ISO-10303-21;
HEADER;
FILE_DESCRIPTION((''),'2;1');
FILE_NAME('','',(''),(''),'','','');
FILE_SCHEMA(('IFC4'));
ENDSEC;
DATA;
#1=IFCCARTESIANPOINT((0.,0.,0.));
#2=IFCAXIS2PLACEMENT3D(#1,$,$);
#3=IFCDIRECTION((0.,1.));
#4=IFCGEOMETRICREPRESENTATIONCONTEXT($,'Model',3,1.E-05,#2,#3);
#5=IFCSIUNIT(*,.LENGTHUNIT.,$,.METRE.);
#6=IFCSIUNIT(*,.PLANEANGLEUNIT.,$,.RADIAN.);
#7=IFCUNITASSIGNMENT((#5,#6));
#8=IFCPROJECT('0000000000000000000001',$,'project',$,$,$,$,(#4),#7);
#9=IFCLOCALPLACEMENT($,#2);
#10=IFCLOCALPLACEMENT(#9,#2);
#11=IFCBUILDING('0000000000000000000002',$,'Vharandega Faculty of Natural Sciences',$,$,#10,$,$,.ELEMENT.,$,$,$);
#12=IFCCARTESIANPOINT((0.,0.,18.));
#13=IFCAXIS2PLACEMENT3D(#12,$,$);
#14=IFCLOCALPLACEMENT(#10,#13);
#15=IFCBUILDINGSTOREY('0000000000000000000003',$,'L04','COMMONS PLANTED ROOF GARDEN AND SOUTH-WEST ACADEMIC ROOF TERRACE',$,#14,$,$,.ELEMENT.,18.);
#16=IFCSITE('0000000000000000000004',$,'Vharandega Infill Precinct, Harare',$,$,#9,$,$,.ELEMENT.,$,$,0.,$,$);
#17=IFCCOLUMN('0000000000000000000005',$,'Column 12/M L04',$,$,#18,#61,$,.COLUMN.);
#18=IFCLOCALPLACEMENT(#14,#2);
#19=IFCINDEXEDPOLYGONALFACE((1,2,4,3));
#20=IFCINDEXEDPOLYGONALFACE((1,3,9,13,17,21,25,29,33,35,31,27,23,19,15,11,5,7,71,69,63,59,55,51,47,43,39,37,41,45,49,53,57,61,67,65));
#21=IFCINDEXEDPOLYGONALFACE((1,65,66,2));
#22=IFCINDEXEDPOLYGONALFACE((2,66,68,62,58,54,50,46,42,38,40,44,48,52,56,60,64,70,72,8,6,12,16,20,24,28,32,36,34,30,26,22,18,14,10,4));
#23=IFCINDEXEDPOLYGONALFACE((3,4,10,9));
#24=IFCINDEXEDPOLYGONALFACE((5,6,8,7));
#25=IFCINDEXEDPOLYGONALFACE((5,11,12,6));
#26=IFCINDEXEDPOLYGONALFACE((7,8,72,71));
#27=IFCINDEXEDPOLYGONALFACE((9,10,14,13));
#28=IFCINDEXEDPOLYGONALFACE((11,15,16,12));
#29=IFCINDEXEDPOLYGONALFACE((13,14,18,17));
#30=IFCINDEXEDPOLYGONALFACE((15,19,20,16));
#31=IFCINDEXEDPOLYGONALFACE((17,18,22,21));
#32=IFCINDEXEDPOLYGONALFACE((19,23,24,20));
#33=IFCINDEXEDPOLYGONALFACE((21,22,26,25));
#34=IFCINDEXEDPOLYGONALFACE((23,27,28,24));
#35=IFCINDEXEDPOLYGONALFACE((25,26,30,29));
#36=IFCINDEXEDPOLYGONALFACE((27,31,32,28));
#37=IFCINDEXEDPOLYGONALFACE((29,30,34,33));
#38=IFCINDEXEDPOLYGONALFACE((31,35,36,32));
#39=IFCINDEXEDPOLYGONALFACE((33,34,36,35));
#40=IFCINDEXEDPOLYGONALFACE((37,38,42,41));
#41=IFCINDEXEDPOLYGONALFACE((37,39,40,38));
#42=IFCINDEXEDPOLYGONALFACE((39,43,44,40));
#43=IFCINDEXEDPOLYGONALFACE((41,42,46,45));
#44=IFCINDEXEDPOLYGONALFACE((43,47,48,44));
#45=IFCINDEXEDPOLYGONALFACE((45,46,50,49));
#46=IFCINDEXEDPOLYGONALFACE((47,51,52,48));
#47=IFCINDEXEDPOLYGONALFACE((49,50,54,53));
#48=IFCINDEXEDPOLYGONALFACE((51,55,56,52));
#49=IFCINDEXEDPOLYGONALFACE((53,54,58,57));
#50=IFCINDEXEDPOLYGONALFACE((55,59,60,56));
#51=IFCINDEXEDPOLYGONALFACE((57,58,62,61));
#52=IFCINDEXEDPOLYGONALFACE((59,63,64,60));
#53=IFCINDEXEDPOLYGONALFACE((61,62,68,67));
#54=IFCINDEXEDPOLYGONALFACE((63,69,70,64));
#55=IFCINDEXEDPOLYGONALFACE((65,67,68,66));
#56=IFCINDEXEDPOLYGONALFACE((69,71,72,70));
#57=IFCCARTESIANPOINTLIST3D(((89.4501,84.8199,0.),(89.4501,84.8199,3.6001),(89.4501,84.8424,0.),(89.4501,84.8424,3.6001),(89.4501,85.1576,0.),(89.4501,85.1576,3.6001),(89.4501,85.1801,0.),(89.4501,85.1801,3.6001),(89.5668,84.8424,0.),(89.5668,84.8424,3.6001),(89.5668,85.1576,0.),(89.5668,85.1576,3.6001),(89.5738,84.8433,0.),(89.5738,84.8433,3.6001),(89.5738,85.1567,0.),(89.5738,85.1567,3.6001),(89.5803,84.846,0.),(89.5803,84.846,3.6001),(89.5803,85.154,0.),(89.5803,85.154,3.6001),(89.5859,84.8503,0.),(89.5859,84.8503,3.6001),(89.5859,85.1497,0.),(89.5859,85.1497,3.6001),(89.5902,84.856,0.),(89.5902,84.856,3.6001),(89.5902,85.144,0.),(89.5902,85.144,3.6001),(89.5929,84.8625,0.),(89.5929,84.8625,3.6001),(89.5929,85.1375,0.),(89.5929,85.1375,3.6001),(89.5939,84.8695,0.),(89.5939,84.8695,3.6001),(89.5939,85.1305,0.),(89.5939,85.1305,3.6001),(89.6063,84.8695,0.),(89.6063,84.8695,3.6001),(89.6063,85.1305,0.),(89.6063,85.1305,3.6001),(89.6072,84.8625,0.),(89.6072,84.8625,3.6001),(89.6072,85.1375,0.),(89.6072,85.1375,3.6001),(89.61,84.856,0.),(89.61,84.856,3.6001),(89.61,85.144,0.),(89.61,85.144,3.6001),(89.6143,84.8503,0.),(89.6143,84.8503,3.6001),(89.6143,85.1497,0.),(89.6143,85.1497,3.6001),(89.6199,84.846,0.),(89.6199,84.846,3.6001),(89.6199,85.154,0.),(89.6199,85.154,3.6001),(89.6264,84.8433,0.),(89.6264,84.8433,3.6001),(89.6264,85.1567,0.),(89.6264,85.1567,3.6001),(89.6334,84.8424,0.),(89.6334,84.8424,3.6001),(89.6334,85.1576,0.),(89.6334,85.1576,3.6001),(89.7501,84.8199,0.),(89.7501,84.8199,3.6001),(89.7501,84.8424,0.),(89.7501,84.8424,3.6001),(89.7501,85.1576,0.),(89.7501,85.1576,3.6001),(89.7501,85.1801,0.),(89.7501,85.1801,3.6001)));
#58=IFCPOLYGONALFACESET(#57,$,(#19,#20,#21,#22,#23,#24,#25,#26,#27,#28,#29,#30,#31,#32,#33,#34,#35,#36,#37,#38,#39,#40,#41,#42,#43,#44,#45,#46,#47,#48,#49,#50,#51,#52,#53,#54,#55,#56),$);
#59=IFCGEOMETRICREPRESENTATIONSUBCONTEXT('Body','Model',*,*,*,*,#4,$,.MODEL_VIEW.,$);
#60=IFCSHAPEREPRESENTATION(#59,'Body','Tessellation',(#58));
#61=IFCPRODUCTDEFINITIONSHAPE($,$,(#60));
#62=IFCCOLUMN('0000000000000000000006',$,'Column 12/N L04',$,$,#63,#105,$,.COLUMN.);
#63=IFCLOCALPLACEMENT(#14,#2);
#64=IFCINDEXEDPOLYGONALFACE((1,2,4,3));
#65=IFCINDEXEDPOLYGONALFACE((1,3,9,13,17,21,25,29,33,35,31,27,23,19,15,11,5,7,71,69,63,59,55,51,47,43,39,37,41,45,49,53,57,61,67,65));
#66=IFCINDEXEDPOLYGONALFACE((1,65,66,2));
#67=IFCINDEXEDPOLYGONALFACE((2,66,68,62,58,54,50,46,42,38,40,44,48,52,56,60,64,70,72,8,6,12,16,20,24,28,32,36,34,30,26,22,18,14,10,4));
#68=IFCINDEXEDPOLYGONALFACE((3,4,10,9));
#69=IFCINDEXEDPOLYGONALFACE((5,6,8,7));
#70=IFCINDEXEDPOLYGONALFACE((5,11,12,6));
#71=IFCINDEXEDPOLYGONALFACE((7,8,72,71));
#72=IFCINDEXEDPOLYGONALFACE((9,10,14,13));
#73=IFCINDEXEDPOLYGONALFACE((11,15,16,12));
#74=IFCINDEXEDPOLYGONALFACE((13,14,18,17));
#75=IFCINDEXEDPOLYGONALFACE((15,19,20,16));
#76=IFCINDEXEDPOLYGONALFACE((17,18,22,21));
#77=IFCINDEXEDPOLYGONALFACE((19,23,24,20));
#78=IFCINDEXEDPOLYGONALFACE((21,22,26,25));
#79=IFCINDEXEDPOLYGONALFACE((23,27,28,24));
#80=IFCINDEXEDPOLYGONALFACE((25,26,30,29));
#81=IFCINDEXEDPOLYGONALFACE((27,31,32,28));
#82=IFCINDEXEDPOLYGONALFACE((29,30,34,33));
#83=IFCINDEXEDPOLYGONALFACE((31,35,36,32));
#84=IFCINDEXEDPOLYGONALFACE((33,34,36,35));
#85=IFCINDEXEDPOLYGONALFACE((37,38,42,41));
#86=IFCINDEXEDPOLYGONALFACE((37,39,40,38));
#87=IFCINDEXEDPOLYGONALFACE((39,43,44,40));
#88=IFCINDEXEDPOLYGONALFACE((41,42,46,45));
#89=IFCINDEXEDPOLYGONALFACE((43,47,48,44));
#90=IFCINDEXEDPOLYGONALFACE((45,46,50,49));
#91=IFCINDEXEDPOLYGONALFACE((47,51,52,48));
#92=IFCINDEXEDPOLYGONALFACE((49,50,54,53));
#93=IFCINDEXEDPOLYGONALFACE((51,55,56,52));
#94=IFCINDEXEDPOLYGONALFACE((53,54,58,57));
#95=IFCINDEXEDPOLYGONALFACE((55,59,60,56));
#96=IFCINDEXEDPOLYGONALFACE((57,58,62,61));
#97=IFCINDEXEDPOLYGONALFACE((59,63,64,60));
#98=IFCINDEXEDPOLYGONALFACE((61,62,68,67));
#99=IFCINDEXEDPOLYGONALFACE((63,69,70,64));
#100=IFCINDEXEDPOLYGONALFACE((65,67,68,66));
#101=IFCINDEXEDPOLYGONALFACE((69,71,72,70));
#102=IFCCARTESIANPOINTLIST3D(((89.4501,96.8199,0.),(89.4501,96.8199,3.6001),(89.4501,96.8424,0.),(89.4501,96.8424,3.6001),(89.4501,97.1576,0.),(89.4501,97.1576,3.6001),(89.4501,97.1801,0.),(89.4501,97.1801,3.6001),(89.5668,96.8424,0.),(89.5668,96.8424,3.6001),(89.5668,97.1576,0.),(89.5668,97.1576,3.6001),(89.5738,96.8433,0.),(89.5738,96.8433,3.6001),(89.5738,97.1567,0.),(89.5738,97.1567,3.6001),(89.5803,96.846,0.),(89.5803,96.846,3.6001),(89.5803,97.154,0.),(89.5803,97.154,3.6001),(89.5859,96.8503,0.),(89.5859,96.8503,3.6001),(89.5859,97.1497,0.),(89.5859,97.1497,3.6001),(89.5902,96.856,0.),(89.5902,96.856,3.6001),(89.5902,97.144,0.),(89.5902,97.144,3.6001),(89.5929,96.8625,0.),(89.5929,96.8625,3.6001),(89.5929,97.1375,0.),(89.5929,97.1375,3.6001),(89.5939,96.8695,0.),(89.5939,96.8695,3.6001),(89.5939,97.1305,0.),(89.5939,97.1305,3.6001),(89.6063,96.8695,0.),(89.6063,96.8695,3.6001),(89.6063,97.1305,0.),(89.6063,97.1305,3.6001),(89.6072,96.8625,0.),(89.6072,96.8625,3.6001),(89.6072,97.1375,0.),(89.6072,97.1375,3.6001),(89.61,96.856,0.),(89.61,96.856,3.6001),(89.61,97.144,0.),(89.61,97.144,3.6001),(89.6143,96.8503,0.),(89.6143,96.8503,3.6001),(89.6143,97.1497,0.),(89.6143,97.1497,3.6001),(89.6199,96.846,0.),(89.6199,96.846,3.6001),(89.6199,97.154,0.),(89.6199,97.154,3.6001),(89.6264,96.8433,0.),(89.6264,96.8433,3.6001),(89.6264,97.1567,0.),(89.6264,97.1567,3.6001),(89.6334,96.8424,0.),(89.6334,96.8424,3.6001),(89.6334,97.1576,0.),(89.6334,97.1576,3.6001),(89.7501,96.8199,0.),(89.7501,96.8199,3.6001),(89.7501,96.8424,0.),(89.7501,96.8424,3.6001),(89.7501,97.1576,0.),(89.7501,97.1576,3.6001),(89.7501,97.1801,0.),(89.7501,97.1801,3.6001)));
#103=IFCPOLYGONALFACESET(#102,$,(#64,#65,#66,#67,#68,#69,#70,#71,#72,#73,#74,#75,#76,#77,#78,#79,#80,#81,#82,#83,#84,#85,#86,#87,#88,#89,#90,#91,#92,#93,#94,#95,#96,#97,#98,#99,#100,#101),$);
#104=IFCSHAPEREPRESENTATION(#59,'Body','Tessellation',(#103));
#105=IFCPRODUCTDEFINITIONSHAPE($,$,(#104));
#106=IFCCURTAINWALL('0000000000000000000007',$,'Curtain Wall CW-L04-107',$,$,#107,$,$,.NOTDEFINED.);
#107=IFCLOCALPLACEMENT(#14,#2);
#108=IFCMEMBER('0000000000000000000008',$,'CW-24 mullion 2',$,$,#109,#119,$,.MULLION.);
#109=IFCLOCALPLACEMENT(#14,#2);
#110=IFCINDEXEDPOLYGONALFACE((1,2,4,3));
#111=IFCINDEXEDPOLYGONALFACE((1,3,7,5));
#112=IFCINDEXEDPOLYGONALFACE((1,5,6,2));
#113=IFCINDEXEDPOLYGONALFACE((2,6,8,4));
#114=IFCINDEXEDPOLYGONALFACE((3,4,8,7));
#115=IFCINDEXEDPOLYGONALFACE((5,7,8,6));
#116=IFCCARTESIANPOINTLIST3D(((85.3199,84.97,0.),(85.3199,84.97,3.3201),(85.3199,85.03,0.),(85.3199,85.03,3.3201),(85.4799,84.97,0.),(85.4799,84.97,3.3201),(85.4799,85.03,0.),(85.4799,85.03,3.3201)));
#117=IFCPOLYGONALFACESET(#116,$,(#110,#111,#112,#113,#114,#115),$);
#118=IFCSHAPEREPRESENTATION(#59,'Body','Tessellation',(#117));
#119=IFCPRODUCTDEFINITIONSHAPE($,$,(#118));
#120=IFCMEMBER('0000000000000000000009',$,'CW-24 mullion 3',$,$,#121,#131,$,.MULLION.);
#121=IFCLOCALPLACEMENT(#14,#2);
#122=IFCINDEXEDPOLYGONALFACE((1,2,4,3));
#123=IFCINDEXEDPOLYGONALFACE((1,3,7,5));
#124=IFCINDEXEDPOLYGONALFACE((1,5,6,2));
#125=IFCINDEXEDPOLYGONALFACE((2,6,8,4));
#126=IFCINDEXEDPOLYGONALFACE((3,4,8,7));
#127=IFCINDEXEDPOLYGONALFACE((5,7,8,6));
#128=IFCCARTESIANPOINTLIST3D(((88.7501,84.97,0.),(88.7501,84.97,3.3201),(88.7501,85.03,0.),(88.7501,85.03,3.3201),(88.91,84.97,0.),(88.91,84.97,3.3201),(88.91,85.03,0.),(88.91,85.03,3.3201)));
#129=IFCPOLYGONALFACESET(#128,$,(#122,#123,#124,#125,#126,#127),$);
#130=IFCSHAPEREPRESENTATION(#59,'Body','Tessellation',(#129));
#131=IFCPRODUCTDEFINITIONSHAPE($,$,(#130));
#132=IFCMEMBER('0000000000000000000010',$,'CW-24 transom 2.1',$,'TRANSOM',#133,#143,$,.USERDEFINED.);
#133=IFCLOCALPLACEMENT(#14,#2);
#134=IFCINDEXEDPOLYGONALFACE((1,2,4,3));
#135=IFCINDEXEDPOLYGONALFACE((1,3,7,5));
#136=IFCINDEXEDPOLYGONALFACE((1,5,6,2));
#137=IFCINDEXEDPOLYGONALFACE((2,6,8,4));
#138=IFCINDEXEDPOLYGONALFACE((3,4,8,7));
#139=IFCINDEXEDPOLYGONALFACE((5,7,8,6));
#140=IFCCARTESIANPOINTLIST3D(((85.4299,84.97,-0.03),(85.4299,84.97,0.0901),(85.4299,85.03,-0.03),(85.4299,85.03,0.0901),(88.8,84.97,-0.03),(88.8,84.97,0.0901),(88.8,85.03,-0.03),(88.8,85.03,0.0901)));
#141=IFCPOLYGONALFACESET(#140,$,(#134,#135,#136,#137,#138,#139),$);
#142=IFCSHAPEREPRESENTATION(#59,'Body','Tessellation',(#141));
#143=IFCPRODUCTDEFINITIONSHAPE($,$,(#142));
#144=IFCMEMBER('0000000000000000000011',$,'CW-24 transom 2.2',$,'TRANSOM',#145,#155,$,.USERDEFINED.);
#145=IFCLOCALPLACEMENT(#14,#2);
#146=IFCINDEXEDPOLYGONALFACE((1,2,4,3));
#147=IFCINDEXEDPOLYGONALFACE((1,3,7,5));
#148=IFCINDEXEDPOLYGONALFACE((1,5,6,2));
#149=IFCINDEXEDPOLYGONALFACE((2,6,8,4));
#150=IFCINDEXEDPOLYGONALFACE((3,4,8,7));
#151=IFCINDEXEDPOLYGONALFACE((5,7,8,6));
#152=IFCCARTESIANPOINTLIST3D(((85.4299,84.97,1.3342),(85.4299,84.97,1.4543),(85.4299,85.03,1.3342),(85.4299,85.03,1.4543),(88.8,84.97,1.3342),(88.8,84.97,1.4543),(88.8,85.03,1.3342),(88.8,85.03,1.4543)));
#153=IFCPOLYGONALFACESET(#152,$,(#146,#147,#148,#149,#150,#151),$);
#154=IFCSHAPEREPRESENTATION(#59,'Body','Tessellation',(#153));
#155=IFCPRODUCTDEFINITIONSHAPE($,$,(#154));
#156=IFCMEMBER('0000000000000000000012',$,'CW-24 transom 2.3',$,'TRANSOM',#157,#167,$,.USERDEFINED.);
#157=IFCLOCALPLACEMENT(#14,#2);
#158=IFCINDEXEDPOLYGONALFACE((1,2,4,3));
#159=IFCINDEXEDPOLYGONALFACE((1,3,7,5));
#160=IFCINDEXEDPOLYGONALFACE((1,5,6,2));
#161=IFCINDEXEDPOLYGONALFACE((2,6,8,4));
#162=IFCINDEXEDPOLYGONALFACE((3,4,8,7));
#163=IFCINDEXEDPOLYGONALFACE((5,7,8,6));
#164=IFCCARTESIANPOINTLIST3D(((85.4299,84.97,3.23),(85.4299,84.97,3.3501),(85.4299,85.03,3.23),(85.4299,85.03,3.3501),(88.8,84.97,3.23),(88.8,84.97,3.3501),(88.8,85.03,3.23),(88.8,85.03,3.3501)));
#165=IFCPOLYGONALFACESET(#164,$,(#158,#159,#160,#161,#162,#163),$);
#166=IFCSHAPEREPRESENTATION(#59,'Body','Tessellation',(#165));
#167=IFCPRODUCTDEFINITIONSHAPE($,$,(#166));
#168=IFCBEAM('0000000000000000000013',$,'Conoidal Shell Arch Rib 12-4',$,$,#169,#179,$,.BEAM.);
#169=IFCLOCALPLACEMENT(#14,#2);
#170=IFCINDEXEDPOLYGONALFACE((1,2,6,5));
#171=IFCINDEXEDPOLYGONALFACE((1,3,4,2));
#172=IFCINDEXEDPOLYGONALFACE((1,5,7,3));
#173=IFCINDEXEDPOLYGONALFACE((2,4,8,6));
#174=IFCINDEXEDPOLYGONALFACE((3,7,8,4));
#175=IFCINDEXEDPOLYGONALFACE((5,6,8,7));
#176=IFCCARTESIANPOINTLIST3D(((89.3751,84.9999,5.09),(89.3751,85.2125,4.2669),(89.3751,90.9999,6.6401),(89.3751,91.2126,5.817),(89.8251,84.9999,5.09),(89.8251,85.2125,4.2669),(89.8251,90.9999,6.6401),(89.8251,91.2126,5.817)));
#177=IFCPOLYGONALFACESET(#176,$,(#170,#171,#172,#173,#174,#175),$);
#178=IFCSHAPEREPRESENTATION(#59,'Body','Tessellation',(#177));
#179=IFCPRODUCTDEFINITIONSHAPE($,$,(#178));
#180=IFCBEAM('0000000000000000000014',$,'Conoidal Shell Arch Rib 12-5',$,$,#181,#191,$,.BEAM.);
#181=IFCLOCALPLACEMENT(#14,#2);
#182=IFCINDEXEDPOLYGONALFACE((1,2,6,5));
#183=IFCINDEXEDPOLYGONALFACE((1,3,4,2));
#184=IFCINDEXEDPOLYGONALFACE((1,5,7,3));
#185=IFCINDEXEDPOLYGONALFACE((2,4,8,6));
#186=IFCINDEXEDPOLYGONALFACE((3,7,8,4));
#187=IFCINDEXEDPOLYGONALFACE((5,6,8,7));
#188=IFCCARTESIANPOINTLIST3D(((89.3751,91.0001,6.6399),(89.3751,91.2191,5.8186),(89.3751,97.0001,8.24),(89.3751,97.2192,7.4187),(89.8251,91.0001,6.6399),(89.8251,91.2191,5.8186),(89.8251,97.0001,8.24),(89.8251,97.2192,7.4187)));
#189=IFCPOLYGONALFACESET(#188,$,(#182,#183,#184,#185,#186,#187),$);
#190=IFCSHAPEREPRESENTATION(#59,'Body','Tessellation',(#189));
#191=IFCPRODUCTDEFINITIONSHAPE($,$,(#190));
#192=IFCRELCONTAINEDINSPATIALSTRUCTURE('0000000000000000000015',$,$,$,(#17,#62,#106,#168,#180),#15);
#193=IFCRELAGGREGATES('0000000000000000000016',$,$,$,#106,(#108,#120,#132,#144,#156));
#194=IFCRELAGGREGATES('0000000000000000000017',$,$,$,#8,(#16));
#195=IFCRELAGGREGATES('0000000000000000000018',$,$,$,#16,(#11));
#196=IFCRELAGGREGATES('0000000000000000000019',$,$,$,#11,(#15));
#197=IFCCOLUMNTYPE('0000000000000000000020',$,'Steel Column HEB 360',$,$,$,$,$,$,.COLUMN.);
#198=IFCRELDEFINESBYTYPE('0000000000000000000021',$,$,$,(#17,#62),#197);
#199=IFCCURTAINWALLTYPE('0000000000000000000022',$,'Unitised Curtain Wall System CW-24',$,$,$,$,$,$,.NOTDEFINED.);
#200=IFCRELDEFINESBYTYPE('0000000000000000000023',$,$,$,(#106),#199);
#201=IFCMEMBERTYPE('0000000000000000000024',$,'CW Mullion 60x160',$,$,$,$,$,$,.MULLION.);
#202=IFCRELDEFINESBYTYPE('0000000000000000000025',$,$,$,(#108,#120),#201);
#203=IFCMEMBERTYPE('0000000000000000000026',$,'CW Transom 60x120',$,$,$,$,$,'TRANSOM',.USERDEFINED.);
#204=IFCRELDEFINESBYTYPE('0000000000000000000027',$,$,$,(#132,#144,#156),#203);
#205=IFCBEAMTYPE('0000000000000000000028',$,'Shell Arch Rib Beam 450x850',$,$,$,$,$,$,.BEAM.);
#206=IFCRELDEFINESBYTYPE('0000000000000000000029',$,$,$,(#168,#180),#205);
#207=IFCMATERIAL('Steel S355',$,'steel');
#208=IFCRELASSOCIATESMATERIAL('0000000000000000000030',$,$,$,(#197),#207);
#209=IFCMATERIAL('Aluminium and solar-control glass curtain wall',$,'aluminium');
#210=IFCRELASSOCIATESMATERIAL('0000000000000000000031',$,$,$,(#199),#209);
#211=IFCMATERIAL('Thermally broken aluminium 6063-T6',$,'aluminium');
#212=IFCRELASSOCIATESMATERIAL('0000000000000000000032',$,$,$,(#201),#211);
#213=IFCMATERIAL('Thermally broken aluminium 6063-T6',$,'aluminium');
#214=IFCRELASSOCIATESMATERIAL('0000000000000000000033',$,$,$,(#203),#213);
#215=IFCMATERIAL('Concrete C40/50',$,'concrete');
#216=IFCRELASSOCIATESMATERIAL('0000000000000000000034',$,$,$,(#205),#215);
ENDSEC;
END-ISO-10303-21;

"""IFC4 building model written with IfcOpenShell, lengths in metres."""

from ifc_helpers import new_model, si_unit, direction, frame, origin, origin_2d, place, context, subcontext, project, spatial, rectangle, i_section, extrude, material, material_profile, profile_set, type_object, element, aggregate, save


model = new_model("IFC4")

# Units and contexts
model_context = context("Model", 3, precision=1e-05, world=origin(), true_north=direction((0.0, 1.0)))
body_context = subcontext(model_context, "Body", "Model", "MODEL_VIEW")
ifc_project = project(units=[si_unit("LENGTHUNIT", "METRE"), si_unit("PLANEANGLEUNIT", "RADIAN")], contexts=[model_context])

# Site, building, storey
site_placement = place(None, origin())
site = spatial("IfcSite", under=ifc_project, at=site_placement, Name="Vharandega Infill Precinct, Harare", CompositionType="ELEMENT", RefElevation=0.0)
building_placement = place(site_placement, origin())
building = spatial("IfcBuilding", under=site, at=building_placement, Name="Vharandega Faculty of Natural Sciences", CompositionType="ELEMENT")
storey_placement = place(building_placement, frame((0.0, 0.0, 18.0)))
storey = spatial("IfcBuildingStorey", under=building, at=storey_placement, Name="L04", Description="COMMONS PLANTED ROOF GARDEN AND SOUTH-WEST ACADEMIC ROOF TERRACE", CompositionType="ELEMENT", Elevation=18.0)

# Columns
ifc_material_1 = material(Name="Steel S355", Category="steel")
ifc_material_profile_1 = material_profile(ifc_material_1, i_section(OverallWidth=0.3, OverallDepth=0.3601, WebThickness=0.0125, FlangeThickness=0.0225, FilletRadius=0.0271, at=origin_2d()), Name="HEB 360")
ifc_profile_set_1 = profile_set([ifc_material_profile_1], Name="Steel S355")
column_type = type_object("IfcColumnType", Name="Steel Column HEB 360", PredefinedType="COLUMN", material=ifc_profile_set_1)
for number, where, z_axis, x_axis, name in (
    (1, (89.6001, 85.0, 0.0), (0.0, 0.0, 1.0), (1.0, 0.0, 0.0), "Column 12/M L04"),
    (2, (89.6001, 97.0, 0.0), (0.0, 0.0, 1.0), (1.0, 0.0, 0.0), "Column 12/N L04"),
):
    element("IfcColumn", number, at=place(storey_placement, frame(where, z_axis=z_axis, x_axis=x_axis)), inside=storey, type_object=column_type, Name=name, PredefinedType="COLUMN", context=body_context, shape_type="SweptSolid", body=[
        extrude(i_section(OverallWidth=0.3, OverallDepth=0.3601, WebThickness=0.0125, FlangeThickness=0.0225, FilletRadius=0.0271, at=origin_2d()), origin(), (0.0, 0.0, 1.0), 3.6001),
    ])

# Curtain wall, members
ifc_material_2 = material(Name="Aluminium and solar-control glass curtain wall", Category="aluminium")
curtain_wall_type = type_object("IfcCurtainWallType", Name="Unitised Curtain Wall System CW-24", PredefinedType="NOTDEFINED", material=ifc_material_2)
curtain_wall_placement = place(storey_placement, origin())
curtain_wall = element("IfcCurtainWall", 3, at=curtain_wall_placement, inside=storey, type_object=curtain_wall_type, Name="Curtain Wall CW-L04-107", PredefinedType="NOTDEFINED")
ifc_material_3 = material(Name="Thermally broken aluminium 6063-T6", Category="aluminium")
ifc_material_profile_2 = material_profile(ifc_material_3, rectangle(XDim=0.0601, YDim=0.1599, at=origin_2d()), Name="ALU 60x160")
ifc_profile_set_2 = profile_set([ifc_material_profile_2], Name="Thermally broken aluminium 6063-T6")
member_type_1 = type_object("IfcMemberType", Name="CW Mullion 60x160", PredefinedType="MULLION", material=ifc_profile_set_2)
member_1_placement = place(storey_placement, frame((85.3999, 85.0, 0.0), z_axis=(0.0, 0.0, 1.0), x_axis=(0.0, 1.0, 0.0)))
member_1 = element("IfcMember", 4, at=member_1_placement, type_object=member_type_1, Name="CW-24 mullion 2", PredefinedType="MULLION", context=body_context, shape_type="SweptSolid", body=[
    extrude(rectangle(XDim=0.0601, YDim=0.1599, at=origin_2d()), origin(), (0.0, 0.0, 1.0), 3.3201),
])
member_2_placement = place(storey_placement, frame((88.8301, 85.0, 0.0), z_axis=(0.0, 0.0, 1.0), x_axis=(0.0, 1.0, 0.0)))
member_2 = element("IfcMember", 5, at=member_2_placement, type_object=member_type_1, Name="CW-24 mullion 3", PredefinedType="MULLION", context=body_context, shape_type="SweptSolid", body=[
    extrude(rectangle(XDim=0.0601, YDim=0.1599, at=origin_2d()), origin(), (0.0, 0.0, 1.0), 3.3201),
])
ifc_material_4 = material(Name="Thermally broken aluminium 6063-T6", Category="aluminium")
ifc_material_profile_3 = material_profile(ifc_material_4, rectangle(XDim=0.0601, YDim=0.1201, at=origin_2d()), Name="ALU 60x120")
ifc_profile_set_3 = profile_set([ifc_material_profile_3], Name="Thermally broken aluminium 6063-T6")
member_type_2 = type_object("IfcMemberType", Name="CW Transom 60x120", ElementType="TRANSOM", PredefinedType="USERDEFINED", material=ifc_profile_set_3)
member_3_placement = place(storey_placement, frame((85.4299, 85.0, 0.03), z_axis=(1.0, 0.0, 0.0), x_axis=(0.0, 1.0, 0.0)))
member_3 = element("IfcMember", 6, at=member_3_placement, type_object=member_type_2, Name="CW-24 transom 2.1", ObjectType="TRANSOM", PredefinedType="USERDEFINED", context=body_context, shape_type="SweptSolid", body=[
    extrude(rectangle(XDim=0.0601, YDim=0.1201, at=origin_2d()), origin(), (0.0, 0.0, 1.0), 3.3701),
])
member_4_placement = place(storey_placement, frame((85.4299, 85.0, 1.3943), z_axis=(1.0, 0.0, 0.0), x_axis=(0.0, 1.0, 0.0)))
member_4 = element("IfcMember", 7, at=member_4_placement, type_object=member_type_2, Name="CW-24 transom 2.2", ObjectType="TRANSOM", PredefinedType="USERDEFINED", context=body_context, shape_type="SweptSolid", body=[
    extrude(rectangle(XDim=0.0601, YDim=0.1201, at=origin_2d()), origin(), (0.0, 0.0, 1.0), 3.3701),
])
member_5_placement = place(storey_placement, frame((85.4299, 85.0, 3.29), z_axis=(1.0, 0.0, 0.0), x_axis=(0.0, 1.0, 0.0)))
member_5 = element("IfcMember", 8, at=member_5_placement, type_object=member_type_2, Name="CW-24 transom 2.3", ObjectType="TRANSOM", PredefinedType="USERDEFINED", context=body_context, shape_type="SweptSolid", body=[
    extrude(rectangle(XDim=0.0601, YDim=0.1201, at=origin_2d()), origin(), (0.0, 0.0, 1.0), 3.3701),
])

# Beams
ifc_material_5 = material(Name="Concrete C40/50", Category="concrete")
ifc_material_profile_4 = material_profile(ifc_material_5, rectangle(XDim=0.45, YDim=0.8501, at=origin_2d()), Name="RC 450x850")
ifc_profile_set_4 = profile_set([ifc_material_profile_4], Name="Concrete C40/50")
beam_type = type_object("IfcBeamType", Name="Shell Arch Rib Beam 450x850", PredefinedType="BEAM", material=ifc_profile_set_4)
beam_1_placement = place(storey_placement, frame((89.6001, 85.1062, 4.6785), z_axis=(0.0, 0.968212, 0.250129), x_axis=(-1.0, 0.0, 0.0)))
element("IfcBeam", 9, at=beam_1_placement, inside=storey, type_object=beam_type, Name="Conoidal Shell Arch Rib 12-4", PredefinedType="BEAM", context=body_context, shape_type="SweptSolid", body=[
    extrude(rectangle(XDim=0.45, YDim=0.8501, at=origin_2d()), origin(), (0.0, 0.0, 1.0), 6.197),
])
beam_2_placement = place(storey_placement, frame((89.6001, 91.1096, 6.2292), z_axis=(0.0, 0.966231, 0.257677), x_axis=(-1.0, 0.0, 0.0)))
element("IfcBeam", 10, at=beam_2_placement, inside=storey, type_object=beam_type, Name="Conoidal Shell Arch Rib 12-5", PredefinedType="BEAM", context=body_context, shape_type="SweptSolid", body=[
    extrude(rectangle(XDim=0.45, YDim=0.8501, at=origin_2d()), origin(), (0.0, 0.0, 1.0), 6.2097),
])

aggregate(curtain_wall, [member_1, member_2, member_3, member_4, member_5])

save(model, "model.ifc")
